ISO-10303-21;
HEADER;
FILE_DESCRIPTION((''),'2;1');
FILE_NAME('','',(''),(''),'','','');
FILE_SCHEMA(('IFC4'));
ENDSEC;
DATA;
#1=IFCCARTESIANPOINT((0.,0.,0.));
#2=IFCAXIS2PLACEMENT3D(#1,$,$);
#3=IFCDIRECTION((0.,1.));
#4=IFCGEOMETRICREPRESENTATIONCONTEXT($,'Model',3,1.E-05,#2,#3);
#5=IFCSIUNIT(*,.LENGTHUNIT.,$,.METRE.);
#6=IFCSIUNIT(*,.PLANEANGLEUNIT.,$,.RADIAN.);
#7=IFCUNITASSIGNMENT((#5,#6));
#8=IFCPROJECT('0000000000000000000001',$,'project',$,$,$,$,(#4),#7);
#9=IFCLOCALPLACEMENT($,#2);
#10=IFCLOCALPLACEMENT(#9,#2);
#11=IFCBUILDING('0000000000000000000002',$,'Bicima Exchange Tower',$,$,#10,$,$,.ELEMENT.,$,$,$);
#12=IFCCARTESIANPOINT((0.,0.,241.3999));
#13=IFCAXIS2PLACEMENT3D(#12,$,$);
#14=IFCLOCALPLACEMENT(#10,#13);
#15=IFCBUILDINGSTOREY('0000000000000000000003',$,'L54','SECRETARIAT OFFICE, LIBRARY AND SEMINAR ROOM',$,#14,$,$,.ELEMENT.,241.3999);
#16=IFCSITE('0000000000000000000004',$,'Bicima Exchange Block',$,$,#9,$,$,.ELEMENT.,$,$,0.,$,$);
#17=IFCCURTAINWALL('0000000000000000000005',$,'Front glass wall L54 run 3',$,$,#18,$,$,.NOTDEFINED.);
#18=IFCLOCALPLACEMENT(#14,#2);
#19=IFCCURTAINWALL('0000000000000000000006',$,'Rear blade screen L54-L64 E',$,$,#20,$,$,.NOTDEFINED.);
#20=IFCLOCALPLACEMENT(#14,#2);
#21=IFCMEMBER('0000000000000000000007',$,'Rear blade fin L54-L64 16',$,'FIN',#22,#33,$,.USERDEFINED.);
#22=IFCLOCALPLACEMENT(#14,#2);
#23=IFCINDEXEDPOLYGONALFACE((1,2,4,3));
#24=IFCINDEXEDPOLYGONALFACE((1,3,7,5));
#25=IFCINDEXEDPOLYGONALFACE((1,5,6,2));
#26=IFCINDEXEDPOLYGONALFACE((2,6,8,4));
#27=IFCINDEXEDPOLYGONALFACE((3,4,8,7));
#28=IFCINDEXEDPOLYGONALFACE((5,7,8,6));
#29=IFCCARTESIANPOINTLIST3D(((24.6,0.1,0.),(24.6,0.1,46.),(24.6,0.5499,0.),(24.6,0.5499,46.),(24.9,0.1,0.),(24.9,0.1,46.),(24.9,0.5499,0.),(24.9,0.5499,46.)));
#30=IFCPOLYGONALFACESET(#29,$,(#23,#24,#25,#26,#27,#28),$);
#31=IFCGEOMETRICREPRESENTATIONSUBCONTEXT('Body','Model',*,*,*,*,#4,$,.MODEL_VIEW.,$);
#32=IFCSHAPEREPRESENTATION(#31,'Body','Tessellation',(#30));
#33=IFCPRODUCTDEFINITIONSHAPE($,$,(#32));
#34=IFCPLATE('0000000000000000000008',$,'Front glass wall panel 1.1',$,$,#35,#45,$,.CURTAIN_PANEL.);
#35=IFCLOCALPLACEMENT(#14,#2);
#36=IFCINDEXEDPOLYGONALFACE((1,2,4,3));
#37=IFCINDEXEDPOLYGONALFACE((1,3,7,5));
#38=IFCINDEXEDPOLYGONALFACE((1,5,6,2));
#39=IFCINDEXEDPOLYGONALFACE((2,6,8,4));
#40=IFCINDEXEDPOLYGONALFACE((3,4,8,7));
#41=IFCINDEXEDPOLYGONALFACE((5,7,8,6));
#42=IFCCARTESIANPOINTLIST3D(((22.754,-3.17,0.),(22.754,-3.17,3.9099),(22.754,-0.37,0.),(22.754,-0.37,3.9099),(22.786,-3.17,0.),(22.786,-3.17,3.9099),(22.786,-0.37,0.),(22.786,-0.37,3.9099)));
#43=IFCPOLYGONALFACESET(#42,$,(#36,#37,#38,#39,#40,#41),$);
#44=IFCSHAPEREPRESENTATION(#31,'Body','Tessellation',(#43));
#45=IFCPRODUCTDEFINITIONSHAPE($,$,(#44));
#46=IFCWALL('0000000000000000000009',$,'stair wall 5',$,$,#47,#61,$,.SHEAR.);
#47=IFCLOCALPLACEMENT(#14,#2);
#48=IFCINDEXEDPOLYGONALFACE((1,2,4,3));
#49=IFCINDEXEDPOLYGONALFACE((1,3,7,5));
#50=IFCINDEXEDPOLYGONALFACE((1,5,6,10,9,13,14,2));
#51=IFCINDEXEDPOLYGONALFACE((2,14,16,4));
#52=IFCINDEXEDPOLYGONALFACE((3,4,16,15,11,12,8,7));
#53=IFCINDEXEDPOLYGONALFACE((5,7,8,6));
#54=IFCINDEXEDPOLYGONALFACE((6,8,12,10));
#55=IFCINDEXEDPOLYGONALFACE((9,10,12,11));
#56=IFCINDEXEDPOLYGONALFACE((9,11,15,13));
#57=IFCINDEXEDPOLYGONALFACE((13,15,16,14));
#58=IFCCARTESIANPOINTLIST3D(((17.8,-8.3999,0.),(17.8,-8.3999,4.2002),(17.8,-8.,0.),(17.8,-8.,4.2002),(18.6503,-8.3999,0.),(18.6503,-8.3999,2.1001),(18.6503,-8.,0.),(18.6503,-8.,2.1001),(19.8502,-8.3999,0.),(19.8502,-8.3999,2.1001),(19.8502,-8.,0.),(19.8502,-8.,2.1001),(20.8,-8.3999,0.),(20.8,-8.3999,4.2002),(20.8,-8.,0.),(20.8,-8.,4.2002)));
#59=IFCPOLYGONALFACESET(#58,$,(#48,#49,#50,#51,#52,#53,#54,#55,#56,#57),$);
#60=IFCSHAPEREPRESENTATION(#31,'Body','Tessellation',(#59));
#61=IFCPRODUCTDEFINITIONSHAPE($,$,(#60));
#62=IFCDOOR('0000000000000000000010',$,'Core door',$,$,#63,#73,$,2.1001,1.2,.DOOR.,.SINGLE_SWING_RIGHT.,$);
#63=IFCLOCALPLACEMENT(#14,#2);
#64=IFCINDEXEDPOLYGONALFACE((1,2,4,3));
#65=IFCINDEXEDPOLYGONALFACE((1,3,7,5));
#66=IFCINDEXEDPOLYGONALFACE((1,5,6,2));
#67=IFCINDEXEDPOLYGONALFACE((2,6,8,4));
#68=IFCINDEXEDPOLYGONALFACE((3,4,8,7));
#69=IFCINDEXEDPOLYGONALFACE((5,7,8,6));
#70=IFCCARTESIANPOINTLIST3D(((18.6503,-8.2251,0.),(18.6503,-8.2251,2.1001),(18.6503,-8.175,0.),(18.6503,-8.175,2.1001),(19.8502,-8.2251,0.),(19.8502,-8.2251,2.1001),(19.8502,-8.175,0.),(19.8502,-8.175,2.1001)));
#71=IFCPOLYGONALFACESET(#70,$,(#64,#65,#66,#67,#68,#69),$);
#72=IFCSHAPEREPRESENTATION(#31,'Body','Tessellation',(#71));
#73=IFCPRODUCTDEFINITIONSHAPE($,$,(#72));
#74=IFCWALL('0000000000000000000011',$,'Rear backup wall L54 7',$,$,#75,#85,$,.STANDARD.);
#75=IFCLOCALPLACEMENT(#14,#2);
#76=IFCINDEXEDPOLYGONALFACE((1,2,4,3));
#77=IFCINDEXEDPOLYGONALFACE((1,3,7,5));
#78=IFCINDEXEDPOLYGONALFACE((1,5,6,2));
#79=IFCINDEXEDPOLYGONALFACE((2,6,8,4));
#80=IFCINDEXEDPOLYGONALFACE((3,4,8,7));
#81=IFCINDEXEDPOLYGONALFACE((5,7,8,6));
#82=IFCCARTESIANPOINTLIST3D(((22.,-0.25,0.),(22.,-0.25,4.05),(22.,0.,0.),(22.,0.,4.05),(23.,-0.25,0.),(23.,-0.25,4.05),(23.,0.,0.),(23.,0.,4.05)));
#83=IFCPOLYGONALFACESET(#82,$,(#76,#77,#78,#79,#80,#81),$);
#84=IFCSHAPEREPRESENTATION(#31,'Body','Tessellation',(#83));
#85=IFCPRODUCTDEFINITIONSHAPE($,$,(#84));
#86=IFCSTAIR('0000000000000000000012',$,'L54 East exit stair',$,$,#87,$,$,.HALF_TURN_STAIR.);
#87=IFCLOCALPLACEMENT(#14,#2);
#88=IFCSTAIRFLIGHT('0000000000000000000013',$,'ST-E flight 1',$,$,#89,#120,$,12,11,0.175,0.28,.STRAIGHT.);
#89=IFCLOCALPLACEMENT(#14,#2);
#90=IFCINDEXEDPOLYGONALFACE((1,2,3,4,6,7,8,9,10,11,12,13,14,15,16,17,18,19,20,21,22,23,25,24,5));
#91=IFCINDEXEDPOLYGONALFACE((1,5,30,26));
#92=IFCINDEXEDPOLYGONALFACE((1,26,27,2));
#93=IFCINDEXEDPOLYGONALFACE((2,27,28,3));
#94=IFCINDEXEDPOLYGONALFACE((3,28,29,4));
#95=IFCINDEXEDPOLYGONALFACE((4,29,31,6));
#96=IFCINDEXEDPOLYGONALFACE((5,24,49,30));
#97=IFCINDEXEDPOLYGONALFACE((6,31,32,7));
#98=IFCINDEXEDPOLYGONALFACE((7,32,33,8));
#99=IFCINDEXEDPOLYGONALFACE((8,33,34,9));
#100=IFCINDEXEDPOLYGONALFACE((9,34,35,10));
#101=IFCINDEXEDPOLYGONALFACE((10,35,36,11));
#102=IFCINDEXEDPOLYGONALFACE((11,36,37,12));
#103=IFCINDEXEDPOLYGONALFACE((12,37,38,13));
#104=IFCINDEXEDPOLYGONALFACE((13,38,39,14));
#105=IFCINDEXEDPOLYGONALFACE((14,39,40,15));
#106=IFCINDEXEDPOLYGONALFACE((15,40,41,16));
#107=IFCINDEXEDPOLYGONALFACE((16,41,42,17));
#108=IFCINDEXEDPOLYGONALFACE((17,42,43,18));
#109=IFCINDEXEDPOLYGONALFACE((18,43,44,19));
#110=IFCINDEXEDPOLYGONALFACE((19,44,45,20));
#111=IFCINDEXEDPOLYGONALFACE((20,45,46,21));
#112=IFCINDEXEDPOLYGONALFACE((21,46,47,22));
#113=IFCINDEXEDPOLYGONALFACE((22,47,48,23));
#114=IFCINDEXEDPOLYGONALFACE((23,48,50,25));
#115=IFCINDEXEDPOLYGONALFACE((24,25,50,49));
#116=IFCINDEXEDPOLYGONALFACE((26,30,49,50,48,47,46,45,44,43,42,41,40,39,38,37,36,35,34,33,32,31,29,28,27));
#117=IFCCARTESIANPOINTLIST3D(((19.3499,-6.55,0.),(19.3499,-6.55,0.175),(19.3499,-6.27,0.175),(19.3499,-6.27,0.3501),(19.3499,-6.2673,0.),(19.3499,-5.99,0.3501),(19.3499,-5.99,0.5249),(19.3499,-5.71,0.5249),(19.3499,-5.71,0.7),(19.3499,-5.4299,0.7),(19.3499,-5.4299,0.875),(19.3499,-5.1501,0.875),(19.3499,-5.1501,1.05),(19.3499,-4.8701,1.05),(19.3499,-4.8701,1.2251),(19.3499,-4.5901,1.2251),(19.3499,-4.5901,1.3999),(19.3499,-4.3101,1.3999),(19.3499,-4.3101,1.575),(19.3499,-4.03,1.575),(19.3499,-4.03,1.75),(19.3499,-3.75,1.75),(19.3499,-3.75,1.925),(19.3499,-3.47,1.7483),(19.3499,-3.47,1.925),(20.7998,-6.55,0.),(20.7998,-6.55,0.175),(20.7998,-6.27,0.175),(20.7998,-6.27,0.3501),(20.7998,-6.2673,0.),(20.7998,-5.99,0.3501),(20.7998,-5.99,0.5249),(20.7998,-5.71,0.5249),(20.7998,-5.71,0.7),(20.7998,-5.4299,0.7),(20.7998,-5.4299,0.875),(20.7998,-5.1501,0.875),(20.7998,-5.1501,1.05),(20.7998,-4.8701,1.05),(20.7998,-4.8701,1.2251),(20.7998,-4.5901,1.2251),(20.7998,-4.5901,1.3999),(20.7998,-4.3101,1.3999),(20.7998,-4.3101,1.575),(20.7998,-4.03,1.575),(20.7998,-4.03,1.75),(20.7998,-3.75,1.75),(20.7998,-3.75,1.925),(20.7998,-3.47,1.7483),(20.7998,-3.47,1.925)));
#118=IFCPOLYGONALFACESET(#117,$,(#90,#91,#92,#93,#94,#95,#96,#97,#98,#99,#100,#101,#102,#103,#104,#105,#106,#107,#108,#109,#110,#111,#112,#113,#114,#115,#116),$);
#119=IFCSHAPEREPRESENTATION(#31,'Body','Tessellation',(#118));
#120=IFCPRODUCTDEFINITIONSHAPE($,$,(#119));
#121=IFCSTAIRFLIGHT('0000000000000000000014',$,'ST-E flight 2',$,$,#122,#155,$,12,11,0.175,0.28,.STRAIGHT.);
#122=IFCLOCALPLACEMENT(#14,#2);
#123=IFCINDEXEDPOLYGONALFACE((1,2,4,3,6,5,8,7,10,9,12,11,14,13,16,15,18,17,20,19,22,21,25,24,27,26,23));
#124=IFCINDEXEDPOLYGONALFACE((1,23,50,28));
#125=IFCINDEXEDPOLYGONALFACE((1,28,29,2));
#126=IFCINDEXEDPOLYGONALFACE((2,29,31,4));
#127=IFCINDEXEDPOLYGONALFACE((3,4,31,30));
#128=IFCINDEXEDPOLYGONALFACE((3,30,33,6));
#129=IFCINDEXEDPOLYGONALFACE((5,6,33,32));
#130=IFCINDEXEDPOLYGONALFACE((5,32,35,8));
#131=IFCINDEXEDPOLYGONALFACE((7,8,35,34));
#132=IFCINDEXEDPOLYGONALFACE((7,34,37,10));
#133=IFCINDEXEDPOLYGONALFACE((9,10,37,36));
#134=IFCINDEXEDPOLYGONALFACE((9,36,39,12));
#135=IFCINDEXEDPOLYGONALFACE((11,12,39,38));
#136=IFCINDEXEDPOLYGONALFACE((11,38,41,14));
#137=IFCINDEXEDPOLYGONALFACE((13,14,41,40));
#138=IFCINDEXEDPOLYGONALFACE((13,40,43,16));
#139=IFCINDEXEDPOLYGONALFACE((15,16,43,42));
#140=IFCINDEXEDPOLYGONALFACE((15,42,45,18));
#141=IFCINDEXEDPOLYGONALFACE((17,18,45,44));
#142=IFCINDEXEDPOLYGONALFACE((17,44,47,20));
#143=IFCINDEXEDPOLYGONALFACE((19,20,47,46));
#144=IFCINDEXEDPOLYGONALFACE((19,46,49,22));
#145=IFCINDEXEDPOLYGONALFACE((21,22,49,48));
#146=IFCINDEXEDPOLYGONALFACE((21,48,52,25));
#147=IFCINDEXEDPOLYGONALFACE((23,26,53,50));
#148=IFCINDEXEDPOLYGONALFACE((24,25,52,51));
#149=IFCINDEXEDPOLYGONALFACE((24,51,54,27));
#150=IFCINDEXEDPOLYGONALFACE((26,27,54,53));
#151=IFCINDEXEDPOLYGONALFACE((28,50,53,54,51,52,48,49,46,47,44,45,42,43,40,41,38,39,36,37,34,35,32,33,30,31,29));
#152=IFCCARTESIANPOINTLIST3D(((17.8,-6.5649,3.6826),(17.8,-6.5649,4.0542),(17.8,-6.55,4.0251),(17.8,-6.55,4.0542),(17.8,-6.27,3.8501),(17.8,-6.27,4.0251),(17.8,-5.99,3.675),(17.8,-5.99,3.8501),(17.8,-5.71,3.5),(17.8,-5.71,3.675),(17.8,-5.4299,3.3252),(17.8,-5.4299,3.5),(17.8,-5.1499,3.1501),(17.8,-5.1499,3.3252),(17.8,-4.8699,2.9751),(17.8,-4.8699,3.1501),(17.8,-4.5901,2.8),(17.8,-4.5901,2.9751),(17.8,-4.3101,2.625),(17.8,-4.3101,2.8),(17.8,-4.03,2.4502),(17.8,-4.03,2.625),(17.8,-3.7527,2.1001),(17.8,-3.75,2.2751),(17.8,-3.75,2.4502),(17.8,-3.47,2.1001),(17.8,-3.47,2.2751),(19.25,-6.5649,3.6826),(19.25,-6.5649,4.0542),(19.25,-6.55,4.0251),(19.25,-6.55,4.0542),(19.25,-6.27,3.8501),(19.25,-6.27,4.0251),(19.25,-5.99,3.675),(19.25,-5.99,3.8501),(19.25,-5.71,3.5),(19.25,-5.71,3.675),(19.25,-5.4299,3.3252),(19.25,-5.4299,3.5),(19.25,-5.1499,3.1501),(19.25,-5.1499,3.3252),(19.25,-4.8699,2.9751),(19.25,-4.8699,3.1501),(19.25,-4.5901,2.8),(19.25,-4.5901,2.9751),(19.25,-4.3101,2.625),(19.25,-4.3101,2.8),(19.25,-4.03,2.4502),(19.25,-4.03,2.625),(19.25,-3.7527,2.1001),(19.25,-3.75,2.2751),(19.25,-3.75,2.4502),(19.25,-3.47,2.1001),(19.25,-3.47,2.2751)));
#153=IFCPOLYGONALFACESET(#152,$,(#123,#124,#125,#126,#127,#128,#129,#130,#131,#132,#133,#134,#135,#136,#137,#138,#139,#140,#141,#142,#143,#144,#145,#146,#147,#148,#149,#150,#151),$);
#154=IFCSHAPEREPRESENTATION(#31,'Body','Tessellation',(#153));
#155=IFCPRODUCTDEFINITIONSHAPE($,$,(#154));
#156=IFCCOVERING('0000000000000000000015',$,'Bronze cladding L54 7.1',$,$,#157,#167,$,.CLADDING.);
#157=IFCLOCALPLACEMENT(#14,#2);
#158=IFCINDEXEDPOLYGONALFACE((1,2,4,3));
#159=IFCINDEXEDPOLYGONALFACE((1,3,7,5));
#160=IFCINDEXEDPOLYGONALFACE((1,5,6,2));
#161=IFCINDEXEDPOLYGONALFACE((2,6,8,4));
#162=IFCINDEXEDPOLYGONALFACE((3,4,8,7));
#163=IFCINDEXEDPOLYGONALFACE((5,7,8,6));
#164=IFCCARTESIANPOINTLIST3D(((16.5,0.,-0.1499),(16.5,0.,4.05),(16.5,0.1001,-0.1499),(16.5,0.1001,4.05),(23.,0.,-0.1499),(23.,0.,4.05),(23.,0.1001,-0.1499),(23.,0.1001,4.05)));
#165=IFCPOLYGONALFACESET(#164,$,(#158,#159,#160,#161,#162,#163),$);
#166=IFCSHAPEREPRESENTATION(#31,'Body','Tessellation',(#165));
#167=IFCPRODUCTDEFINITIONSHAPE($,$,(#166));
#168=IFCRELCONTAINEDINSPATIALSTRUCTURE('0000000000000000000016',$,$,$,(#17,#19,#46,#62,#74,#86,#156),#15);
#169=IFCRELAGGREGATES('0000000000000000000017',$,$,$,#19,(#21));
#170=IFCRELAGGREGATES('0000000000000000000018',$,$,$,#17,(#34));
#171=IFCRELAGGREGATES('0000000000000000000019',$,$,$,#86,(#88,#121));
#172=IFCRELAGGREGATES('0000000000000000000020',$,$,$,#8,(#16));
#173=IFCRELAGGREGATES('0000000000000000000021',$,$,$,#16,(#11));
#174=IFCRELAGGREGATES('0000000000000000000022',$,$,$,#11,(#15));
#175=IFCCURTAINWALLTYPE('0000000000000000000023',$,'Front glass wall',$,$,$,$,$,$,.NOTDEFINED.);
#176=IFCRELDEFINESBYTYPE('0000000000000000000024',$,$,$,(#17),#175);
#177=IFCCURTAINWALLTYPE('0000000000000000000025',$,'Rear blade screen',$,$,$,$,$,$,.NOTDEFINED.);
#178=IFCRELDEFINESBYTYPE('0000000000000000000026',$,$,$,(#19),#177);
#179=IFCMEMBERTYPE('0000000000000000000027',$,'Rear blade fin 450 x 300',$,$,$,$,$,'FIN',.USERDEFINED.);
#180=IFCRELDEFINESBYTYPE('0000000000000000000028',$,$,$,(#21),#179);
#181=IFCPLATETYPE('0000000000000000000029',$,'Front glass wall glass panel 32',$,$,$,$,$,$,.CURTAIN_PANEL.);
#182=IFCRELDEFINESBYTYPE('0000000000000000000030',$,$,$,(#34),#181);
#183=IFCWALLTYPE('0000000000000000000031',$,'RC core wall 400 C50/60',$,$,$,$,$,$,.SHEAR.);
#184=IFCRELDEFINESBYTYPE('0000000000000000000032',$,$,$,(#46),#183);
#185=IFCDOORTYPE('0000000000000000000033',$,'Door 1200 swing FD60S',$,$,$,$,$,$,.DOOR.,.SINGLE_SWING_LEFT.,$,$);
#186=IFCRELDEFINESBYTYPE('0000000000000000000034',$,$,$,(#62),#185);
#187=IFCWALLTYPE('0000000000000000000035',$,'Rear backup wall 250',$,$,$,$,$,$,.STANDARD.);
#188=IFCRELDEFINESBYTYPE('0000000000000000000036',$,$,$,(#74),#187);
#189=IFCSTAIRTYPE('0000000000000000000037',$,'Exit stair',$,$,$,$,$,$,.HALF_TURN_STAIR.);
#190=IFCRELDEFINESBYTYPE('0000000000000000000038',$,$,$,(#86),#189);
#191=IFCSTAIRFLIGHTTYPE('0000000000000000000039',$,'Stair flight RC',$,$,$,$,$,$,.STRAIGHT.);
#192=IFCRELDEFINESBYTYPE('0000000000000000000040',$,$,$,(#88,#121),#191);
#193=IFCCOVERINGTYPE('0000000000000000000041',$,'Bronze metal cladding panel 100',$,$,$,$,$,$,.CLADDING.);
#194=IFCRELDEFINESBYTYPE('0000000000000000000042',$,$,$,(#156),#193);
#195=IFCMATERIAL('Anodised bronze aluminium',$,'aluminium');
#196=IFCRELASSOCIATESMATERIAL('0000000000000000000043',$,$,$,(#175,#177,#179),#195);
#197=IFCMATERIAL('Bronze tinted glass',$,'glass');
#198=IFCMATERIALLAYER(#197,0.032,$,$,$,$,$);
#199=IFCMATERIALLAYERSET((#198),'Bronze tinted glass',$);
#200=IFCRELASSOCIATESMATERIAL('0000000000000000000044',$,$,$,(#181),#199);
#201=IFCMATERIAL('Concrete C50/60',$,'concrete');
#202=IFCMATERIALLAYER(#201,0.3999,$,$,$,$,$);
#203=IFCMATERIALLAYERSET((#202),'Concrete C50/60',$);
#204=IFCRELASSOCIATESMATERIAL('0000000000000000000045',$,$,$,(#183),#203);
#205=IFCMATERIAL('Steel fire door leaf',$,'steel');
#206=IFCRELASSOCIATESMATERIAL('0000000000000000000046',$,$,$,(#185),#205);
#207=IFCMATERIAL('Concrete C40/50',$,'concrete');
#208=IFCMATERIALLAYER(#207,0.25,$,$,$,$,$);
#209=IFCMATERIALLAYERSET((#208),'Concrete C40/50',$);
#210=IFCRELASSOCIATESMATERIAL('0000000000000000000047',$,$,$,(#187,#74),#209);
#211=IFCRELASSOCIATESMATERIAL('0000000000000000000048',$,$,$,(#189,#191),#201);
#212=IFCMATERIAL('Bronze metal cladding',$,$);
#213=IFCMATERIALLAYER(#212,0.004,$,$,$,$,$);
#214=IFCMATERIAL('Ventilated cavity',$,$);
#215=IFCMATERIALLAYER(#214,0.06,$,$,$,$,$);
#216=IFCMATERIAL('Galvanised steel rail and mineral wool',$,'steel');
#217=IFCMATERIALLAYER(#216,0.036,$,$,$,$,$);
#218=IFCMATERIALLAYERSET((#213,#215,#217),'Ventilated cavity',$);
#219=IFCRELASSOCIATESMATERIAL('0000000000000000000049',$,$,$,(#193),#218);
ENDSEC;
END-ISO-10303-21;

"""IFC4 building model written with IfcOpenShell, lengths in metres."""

from ifc_helpers import new_model, si_unit, direction, frame, frame_2d, origin, origin_2d, place, context, subcontext, project, spatial, polyline, rectangle, outline, extrude, material, layer, layer_set, layer_usage, material_profile, profile_set, type_object, element, fill, aggregate, save


model = new_model("IFC4")

# Units and contexts
model_context = context("Model", 3, precision=1e-05, world=origin(), true_north=direction((0.0, 1.0)))
body_context = subcontext(model_context, "Body", "Model", "MODEL_VIEW")
ifc_project = project(units=[si_unit("LENGTHUNIT", "METRE"), si_unit("PLANEANGLEUNIT", "RADIAN")], contexts=[model_context])

# Site, building, storey
site_placement = place(None, origin())
site = spatial("IfcSite", under=ifc_project, at=site_placement, Name="Bicima Exchange Block", CompositionType="ELEMENT", RefElevation=0.0)
building_placement = place(site_placement, origin())
building = spatial("IfcBuilding", under=site, at=building_placement, Name="Bicima Exchange Tower", CompositionType="ELEMENT")
storey_placement = place(building_placement, frame((0.0, 0.0, 241.3999)))
storey = spatial("IfcBuildingStorey", under=building, at=storey_placement, Name="L54", Description="SECRETARIAT OFFICE, LIBRARY AND SEMINAR ROOM", CompositionType="ELEMENT", Elevation=241.3999)

# Curtain wall
ifc_material_1 = material(Name="Anodised bronze aluminium", Category="aluminium")
curtain_wall_type_1 = type_object("IfcCurtainWallType", Name="Front glass wall", PredefinedType="NOTDEFINED", material=ifc_material_1)
curtain_wall_1_placement = place(storey_placement, origin())
curtain_wall_1 = element("IfcCurtainWall", 1, at=curtain_wall_1_placement, inside=storey, type_object=curtain_wall_type_1, Name="Front glass wall L54 run 3", PredefinedType="NOTDEFINED")

# Curtain wall, member
curtain_wall_type_2 = type_object("IfcCurtainWallType", Name="Rear blade screen", PredefinedType="NOTDEFINED", material=ifc_material_1)
curtain_wall_2_placement = place(storey_placement, origin())
curtain_wall_2 = element("IfcCurtainWall", 2, at=curtain_wall_2_placement, inside=storey, type_object=curtain_wall_type_2, Name="Rear blade screen L54-L64 E", PredefinedType="NOTDEFINED")
ifc_material_profile_1 = material_profile(ifc_material_1, rectangle(XDim=0.45, YDim=0.3, at=origin_2d()))
ifc_profile_set_1 = profile_set([ifc_material_profile_1], Name="Anodised bronze aluminium")
member_type_1 = type_object("IfcMemberType", Name="Rear blade fin 450 x 300", ElementType="FIN", PredefinedType="USERDEFINED", material=ifc_profile_set_1)
member_1_placement = place(storey_placement, frame((24.75, 0.325, 0.0), z_axis=(0.0, 0.0, 1.0), x_axis=(0.0, 1.0, 0.0)))
member_1 = element("IfcMember", 3, at=member_1_placement, type_object=member_type_1, Name="Rear blade fin L54-L64 16", ObjectType="FIN", PredefinedType="USERDEFINED", context=body_context, shape_type="SweptSolid", body=[
    extrude(rectangle(XDim=0.45, YDim=0.3, at=origin_2d()), origin(), (0.0, 0.0, 1.0), 46.0),
])
aggregate(curtain_wall_2, [member_1])

# Plate
ifc_material_2 = material(Name="Bronze tinted glass", Category="glass")
ifc_layer_1 = layer(ifc_material_2, 0.032)
ifc_layer_set_1 = layer_set([ifc_layer_1], Name="Bronze tinted glass")
plate_type = type_object("IfcPlateType", Name="Front glass wall glass panel 32", PredefinedType="CURTAIN_PANEL", material=ifc_layer_set_1)
plate_placement = place(storey_placement, frame((22.77, -1.77, 0.0), z_axis=(0.0, 0.0, 1.0), x_axis=(0.0, 1.0, 0.0)))
plate = element("IfcPlate", 4, at=plate_placement, type_object=plate_type, Name="Front glass wall panel 1.1", PredefinedType="CURTAIN_PANEL", context=body_context, shape_type="SweptSolid", body=[
    extrude(rectangle(XDim=2.8, YDim=0.032, at=origin_2d()), origin(), (0.0, 0.0, 1.0), 3.9099),
])
aggregate(curtain_wall_1, [plate])

# Wall, opening, door
ifc_material_3 = material(Name="Concrete C50/60", Category="concrete")
ifc_layer_2 = layer(ifc_material_3, 0.3999)
ifc_layer_set_2 = layer_set([ifc_layer_2], Name="Concrete C50/60")
wall_type_1 = type_object("IfcWallType", Name="RC core wall 400 C50/60", PredefinedType="SHEAR", material=ifc_layer_set_2)
wall_1_placement = place(storey_placement, frame((17.8, -8.2, 0.0), z_axis=(0.0, 0.0, 1.0), x_axis=(1.0, 0.0, 0.0)))
wall_1 = element("IfcWall", 5, at=wall_1_placement, inside=storey, type_object=wall_type_1, Name="stair wall 5", PredefinedType="SHEAR", context=body_context, shape_type="SweptSolid", body=[
    extrude(rectangle(XDim=3.0, YDim=0.3999, at=frame_2d((1.5, 0.0))), origin(), (0.0, 0.0, 1.0), 4.2002),
])
opening_placement = place(wall_1_placement, frame((0.8501, 0.0, 0.0)))
opening = element("IfcOpeningElement", 6, at=opening_placement, cuts=wall_1, PredefinedType="OPENING", context=body_context, shape_type="SweptSolid", body=[
    extrude(rectangle(XDim=1.2, YDim=2.1001, at=frame_2d((0.6001, 1.05))), frame((0.0, 0.2119, 0.0), z_axis=(0.0, -1.0, 0.0), x_axis=(1.0, 0.0, 0.0)), (0.0, 0.0, 1.0), 0.4238),
])
ifc_material_4 = material(Name="Steel fire door leaf", Category="steel")
door_type = type_object("IfcDoorType", Name="Door 1200 swing FD60S", OperationType="SINGLE_SWING_LEFT", PredefinedType="DOOR", material=ifc_material_4)
door_placement = place(opening_placement, origin())
door = element("IfcDoor", 7, at=door_placement, inside=storey, type_object=door_type, Name="Core door", OperationType="SINGLE_SWING_RIGHT", OverallHeight=2.1001, OverallWidth=1.2, PredefinedType="DOOR", context=body_context, shape_type="SweptSolid", body=[
    extrude(rectangle(XDim=1.2, YDim=2.1001, at=frame_2d((0.6001, 1.05))), frame((0.0, 0.0249, 0.0), z_axis=(0.0, -1.0, 0.0), x_axis=(1.0, 0.0, 0.0)), (0.0, 0.0, 1.0), 0.05),
])
fill(opening, door)

# Wall
ifc_material_5 = material(Name="Concrete C40/50", Category="concrete")
ifc_layer_3 = layer(ifc_material_5, 0.25)
ifc_layer_set_3 = layer_set([ifc_layer_3], Name="Concrete C40/50")
ifc_layer_usage = layer_usage(ifc_layer_set_3, "AXIS2", "POSITIVE", -0.125)
wall_type_2 = type_object("IfcWallType", Name="Rear backup wall 250", PredefinedType="STANDARD", material=ifc_layer_set_3)
wall_2_placement = place(storey_placement, frame((23.0, -0.125, 0.0), z_axis=(0.0, 0.0, 1.0), x_axis=(-1.0, 0.0, 0.0)))
element("IfcWall", 8, at=wall_2_placement, inside=storey, type_object=wall_type_2, material=ifc_layer_usage, Name="Rear backup wall L54 7", PredefinedType="STANDARD", context=body_context, shape_type="SweptSolid", body=[
    extrude(rectangle(XDim=1.0, YDim=0.25, at=frame_2d((0.5, 0.0))), origin(), (0.0, 0.0, 1.0), 4.05),
])

# Stair, stair flights
stair_type = type_object("IfcStairType", Name="Exit stair", PredefinedType="HALF_TURN_STAIR", material=ifc_material_3)
stair_placement = place(storey_placement, origin())
stair = element("IfcStair", 9, at=stair_placement, inside=storey, type_object=stair_type, Name="L54 East exit stair", PredefinedType="HALF_TURN_STAIR")
stair_flight_type = type_object("IfcStairFlightType", Name="Stair flight RC", PredefinedType="STRAIGHT", material=ifc_material_3)
stair_flight_1_placement = place(storey_placement, frame((20.075, -6.55, 0.0), z_axis=(0.0, 0.0, 1.0), x_axis=(0.0, 1.0, 0.0)))
stair_flight_1 = element("IfcStairFlight", 10, at=stair_flight_1_placement, type_object=stair_flight_type, Name="ST-E flight 1", NumberOfRisers=12, NumberOfTreads=11, PredefinedType="STRAIGHT", RiserHeight=0.175, TreadLength=0.28, context=body_context, shape_type="SweptSolid", body=[
    extrude(outline(polyline([(0.0, 0.0), (0.0, 0.175), (0.28, 0.175), (0.28, 0.3501), (0.5601, 0.3501), (0.5601, 0.5249), (0.8401, 0.5249), (0.8401, 0.7), (1.1201, 0.7), (1.1201, 0.875), (1.3999, 0.875), (1.3999, 1.05), (1.6799, 1.05), (1.6799, 1.2251), (1.96, 1.2251), (1.96, 1.3999), (2.24, 1.3999), (2.24, 1.575), (2.52, 1.575), (2.52, 1.75), (2.8, 1.75), (2.8, 1.925), (3.0801, 1.925), (3.0801, 2.1001), (3.0801, 1.7483), (0.2827, 0.0), (0.0, 0.0)])), frame((0.0, 0.7251, 0.0), z_axis=(0.0, -1.0, 0.0), x_axis=(1.0, 0.0, 0.0)), (0.0, 0.0, 1.0), 1.45),
])
stair_flight_2_placement = place(storey_placement, frame((18.5249, -3.47, 2.1001), z_axis=(0.0, 0.0, 1.0), x_axis=(0.0, -1.0, 0.0)))
stair_flight_2 = element("IfcStairFlight", 11, at=stair_flight_2_placement, type_object=stair_flight_type, Name="ST-E flight 2", NumberOfRisers=12, NumberOfTreads=11, PredefinedType="STRAIGHT", RiserHeight=0.175, TreadLength=0.28, context=body_context, shape_type="SweptSolid", body=[
    extrude(outline(polyline([(0.0, 0.0), (0.0, 0.175), (0.28, 0.175), (0.28, 0.3501), (0.5601, 0.3501), (0.5601, 0.5249), (0.8401, 0.5249), (0.8401, 0.7), (1.1201, 0.7), (1.1201, 0.875), (1.3999, 0.875), (1.3999, 1.05), (1.6799, 1.05), (1.6799, 1.2251), (1.96, 1.2251), (1.96, 1.3999), (2.24, 1.3999), (2.24, 1.575), (2.52, 1.575), (2.52, 1.75), (2.8, 1.75), (2.8, 1.925), (3.0801, 1.925), (3.0801, 1.9541), (3.095, 1.9541), (3.095, 1.5825), (0.2827, 0.0), (0.0, 0.0)])), frame((0.0, 0.7251, 0.0), z_axis=(0.0, -1.0, 0.0), x_axis=(1.0, 0.0, 0.0)), (0.0, 0.0, 1.0), 1.45),
])
aggregate(stair, [stair_flight_1, stair_flight_2])

# Covering
ifc_material_6 = material(Name="Bronze metal cladding")
ifc_layer_4 = layer(ifc_material_6, 0.004)
ifc_material_7 = material(Name="Ventilated cavity")
ifc_layer_5 = layer(ifc_material_7, 0.06)
ifc_material_8 = material(Name="Galvanised steel rail and mineral wool", Category="steel")
ifc_layer_6 = layer(ifc_material_8, 0.036)
ifc_layer_set_4 = layer_set([ifc_layer_4, ifc_layer_5, ifc_layer_6], Name="Ventilated cavity")
covering_type = type_object("IfcCoveringType", Name="Bronze metal cladding panel 100", PredefinedType="CLADDING", material=ifc_layer_set_4)
covering_placement = place(storey_placement, frame((19.75, 0.05, -0.1499), z_axis=(0.0, 0.0, 1.0), x_axis=(-1.0, 0.0, 0.0)))
element("IfcCovering", 12, at=covering_placement, inside=storey, type_object=covering_type, Name="Bronze cladding L54 7.1", PredefinedType="CLADDING", context=body_context, shape_type="SweptSolid", body=[
    extrude(rectangle(XDim=6.5, YDim=0.1001, at=origin_2d()), origin(), (0.0, 0.0, 1.0), 4.2),
])

save(model, "model.ifc")
